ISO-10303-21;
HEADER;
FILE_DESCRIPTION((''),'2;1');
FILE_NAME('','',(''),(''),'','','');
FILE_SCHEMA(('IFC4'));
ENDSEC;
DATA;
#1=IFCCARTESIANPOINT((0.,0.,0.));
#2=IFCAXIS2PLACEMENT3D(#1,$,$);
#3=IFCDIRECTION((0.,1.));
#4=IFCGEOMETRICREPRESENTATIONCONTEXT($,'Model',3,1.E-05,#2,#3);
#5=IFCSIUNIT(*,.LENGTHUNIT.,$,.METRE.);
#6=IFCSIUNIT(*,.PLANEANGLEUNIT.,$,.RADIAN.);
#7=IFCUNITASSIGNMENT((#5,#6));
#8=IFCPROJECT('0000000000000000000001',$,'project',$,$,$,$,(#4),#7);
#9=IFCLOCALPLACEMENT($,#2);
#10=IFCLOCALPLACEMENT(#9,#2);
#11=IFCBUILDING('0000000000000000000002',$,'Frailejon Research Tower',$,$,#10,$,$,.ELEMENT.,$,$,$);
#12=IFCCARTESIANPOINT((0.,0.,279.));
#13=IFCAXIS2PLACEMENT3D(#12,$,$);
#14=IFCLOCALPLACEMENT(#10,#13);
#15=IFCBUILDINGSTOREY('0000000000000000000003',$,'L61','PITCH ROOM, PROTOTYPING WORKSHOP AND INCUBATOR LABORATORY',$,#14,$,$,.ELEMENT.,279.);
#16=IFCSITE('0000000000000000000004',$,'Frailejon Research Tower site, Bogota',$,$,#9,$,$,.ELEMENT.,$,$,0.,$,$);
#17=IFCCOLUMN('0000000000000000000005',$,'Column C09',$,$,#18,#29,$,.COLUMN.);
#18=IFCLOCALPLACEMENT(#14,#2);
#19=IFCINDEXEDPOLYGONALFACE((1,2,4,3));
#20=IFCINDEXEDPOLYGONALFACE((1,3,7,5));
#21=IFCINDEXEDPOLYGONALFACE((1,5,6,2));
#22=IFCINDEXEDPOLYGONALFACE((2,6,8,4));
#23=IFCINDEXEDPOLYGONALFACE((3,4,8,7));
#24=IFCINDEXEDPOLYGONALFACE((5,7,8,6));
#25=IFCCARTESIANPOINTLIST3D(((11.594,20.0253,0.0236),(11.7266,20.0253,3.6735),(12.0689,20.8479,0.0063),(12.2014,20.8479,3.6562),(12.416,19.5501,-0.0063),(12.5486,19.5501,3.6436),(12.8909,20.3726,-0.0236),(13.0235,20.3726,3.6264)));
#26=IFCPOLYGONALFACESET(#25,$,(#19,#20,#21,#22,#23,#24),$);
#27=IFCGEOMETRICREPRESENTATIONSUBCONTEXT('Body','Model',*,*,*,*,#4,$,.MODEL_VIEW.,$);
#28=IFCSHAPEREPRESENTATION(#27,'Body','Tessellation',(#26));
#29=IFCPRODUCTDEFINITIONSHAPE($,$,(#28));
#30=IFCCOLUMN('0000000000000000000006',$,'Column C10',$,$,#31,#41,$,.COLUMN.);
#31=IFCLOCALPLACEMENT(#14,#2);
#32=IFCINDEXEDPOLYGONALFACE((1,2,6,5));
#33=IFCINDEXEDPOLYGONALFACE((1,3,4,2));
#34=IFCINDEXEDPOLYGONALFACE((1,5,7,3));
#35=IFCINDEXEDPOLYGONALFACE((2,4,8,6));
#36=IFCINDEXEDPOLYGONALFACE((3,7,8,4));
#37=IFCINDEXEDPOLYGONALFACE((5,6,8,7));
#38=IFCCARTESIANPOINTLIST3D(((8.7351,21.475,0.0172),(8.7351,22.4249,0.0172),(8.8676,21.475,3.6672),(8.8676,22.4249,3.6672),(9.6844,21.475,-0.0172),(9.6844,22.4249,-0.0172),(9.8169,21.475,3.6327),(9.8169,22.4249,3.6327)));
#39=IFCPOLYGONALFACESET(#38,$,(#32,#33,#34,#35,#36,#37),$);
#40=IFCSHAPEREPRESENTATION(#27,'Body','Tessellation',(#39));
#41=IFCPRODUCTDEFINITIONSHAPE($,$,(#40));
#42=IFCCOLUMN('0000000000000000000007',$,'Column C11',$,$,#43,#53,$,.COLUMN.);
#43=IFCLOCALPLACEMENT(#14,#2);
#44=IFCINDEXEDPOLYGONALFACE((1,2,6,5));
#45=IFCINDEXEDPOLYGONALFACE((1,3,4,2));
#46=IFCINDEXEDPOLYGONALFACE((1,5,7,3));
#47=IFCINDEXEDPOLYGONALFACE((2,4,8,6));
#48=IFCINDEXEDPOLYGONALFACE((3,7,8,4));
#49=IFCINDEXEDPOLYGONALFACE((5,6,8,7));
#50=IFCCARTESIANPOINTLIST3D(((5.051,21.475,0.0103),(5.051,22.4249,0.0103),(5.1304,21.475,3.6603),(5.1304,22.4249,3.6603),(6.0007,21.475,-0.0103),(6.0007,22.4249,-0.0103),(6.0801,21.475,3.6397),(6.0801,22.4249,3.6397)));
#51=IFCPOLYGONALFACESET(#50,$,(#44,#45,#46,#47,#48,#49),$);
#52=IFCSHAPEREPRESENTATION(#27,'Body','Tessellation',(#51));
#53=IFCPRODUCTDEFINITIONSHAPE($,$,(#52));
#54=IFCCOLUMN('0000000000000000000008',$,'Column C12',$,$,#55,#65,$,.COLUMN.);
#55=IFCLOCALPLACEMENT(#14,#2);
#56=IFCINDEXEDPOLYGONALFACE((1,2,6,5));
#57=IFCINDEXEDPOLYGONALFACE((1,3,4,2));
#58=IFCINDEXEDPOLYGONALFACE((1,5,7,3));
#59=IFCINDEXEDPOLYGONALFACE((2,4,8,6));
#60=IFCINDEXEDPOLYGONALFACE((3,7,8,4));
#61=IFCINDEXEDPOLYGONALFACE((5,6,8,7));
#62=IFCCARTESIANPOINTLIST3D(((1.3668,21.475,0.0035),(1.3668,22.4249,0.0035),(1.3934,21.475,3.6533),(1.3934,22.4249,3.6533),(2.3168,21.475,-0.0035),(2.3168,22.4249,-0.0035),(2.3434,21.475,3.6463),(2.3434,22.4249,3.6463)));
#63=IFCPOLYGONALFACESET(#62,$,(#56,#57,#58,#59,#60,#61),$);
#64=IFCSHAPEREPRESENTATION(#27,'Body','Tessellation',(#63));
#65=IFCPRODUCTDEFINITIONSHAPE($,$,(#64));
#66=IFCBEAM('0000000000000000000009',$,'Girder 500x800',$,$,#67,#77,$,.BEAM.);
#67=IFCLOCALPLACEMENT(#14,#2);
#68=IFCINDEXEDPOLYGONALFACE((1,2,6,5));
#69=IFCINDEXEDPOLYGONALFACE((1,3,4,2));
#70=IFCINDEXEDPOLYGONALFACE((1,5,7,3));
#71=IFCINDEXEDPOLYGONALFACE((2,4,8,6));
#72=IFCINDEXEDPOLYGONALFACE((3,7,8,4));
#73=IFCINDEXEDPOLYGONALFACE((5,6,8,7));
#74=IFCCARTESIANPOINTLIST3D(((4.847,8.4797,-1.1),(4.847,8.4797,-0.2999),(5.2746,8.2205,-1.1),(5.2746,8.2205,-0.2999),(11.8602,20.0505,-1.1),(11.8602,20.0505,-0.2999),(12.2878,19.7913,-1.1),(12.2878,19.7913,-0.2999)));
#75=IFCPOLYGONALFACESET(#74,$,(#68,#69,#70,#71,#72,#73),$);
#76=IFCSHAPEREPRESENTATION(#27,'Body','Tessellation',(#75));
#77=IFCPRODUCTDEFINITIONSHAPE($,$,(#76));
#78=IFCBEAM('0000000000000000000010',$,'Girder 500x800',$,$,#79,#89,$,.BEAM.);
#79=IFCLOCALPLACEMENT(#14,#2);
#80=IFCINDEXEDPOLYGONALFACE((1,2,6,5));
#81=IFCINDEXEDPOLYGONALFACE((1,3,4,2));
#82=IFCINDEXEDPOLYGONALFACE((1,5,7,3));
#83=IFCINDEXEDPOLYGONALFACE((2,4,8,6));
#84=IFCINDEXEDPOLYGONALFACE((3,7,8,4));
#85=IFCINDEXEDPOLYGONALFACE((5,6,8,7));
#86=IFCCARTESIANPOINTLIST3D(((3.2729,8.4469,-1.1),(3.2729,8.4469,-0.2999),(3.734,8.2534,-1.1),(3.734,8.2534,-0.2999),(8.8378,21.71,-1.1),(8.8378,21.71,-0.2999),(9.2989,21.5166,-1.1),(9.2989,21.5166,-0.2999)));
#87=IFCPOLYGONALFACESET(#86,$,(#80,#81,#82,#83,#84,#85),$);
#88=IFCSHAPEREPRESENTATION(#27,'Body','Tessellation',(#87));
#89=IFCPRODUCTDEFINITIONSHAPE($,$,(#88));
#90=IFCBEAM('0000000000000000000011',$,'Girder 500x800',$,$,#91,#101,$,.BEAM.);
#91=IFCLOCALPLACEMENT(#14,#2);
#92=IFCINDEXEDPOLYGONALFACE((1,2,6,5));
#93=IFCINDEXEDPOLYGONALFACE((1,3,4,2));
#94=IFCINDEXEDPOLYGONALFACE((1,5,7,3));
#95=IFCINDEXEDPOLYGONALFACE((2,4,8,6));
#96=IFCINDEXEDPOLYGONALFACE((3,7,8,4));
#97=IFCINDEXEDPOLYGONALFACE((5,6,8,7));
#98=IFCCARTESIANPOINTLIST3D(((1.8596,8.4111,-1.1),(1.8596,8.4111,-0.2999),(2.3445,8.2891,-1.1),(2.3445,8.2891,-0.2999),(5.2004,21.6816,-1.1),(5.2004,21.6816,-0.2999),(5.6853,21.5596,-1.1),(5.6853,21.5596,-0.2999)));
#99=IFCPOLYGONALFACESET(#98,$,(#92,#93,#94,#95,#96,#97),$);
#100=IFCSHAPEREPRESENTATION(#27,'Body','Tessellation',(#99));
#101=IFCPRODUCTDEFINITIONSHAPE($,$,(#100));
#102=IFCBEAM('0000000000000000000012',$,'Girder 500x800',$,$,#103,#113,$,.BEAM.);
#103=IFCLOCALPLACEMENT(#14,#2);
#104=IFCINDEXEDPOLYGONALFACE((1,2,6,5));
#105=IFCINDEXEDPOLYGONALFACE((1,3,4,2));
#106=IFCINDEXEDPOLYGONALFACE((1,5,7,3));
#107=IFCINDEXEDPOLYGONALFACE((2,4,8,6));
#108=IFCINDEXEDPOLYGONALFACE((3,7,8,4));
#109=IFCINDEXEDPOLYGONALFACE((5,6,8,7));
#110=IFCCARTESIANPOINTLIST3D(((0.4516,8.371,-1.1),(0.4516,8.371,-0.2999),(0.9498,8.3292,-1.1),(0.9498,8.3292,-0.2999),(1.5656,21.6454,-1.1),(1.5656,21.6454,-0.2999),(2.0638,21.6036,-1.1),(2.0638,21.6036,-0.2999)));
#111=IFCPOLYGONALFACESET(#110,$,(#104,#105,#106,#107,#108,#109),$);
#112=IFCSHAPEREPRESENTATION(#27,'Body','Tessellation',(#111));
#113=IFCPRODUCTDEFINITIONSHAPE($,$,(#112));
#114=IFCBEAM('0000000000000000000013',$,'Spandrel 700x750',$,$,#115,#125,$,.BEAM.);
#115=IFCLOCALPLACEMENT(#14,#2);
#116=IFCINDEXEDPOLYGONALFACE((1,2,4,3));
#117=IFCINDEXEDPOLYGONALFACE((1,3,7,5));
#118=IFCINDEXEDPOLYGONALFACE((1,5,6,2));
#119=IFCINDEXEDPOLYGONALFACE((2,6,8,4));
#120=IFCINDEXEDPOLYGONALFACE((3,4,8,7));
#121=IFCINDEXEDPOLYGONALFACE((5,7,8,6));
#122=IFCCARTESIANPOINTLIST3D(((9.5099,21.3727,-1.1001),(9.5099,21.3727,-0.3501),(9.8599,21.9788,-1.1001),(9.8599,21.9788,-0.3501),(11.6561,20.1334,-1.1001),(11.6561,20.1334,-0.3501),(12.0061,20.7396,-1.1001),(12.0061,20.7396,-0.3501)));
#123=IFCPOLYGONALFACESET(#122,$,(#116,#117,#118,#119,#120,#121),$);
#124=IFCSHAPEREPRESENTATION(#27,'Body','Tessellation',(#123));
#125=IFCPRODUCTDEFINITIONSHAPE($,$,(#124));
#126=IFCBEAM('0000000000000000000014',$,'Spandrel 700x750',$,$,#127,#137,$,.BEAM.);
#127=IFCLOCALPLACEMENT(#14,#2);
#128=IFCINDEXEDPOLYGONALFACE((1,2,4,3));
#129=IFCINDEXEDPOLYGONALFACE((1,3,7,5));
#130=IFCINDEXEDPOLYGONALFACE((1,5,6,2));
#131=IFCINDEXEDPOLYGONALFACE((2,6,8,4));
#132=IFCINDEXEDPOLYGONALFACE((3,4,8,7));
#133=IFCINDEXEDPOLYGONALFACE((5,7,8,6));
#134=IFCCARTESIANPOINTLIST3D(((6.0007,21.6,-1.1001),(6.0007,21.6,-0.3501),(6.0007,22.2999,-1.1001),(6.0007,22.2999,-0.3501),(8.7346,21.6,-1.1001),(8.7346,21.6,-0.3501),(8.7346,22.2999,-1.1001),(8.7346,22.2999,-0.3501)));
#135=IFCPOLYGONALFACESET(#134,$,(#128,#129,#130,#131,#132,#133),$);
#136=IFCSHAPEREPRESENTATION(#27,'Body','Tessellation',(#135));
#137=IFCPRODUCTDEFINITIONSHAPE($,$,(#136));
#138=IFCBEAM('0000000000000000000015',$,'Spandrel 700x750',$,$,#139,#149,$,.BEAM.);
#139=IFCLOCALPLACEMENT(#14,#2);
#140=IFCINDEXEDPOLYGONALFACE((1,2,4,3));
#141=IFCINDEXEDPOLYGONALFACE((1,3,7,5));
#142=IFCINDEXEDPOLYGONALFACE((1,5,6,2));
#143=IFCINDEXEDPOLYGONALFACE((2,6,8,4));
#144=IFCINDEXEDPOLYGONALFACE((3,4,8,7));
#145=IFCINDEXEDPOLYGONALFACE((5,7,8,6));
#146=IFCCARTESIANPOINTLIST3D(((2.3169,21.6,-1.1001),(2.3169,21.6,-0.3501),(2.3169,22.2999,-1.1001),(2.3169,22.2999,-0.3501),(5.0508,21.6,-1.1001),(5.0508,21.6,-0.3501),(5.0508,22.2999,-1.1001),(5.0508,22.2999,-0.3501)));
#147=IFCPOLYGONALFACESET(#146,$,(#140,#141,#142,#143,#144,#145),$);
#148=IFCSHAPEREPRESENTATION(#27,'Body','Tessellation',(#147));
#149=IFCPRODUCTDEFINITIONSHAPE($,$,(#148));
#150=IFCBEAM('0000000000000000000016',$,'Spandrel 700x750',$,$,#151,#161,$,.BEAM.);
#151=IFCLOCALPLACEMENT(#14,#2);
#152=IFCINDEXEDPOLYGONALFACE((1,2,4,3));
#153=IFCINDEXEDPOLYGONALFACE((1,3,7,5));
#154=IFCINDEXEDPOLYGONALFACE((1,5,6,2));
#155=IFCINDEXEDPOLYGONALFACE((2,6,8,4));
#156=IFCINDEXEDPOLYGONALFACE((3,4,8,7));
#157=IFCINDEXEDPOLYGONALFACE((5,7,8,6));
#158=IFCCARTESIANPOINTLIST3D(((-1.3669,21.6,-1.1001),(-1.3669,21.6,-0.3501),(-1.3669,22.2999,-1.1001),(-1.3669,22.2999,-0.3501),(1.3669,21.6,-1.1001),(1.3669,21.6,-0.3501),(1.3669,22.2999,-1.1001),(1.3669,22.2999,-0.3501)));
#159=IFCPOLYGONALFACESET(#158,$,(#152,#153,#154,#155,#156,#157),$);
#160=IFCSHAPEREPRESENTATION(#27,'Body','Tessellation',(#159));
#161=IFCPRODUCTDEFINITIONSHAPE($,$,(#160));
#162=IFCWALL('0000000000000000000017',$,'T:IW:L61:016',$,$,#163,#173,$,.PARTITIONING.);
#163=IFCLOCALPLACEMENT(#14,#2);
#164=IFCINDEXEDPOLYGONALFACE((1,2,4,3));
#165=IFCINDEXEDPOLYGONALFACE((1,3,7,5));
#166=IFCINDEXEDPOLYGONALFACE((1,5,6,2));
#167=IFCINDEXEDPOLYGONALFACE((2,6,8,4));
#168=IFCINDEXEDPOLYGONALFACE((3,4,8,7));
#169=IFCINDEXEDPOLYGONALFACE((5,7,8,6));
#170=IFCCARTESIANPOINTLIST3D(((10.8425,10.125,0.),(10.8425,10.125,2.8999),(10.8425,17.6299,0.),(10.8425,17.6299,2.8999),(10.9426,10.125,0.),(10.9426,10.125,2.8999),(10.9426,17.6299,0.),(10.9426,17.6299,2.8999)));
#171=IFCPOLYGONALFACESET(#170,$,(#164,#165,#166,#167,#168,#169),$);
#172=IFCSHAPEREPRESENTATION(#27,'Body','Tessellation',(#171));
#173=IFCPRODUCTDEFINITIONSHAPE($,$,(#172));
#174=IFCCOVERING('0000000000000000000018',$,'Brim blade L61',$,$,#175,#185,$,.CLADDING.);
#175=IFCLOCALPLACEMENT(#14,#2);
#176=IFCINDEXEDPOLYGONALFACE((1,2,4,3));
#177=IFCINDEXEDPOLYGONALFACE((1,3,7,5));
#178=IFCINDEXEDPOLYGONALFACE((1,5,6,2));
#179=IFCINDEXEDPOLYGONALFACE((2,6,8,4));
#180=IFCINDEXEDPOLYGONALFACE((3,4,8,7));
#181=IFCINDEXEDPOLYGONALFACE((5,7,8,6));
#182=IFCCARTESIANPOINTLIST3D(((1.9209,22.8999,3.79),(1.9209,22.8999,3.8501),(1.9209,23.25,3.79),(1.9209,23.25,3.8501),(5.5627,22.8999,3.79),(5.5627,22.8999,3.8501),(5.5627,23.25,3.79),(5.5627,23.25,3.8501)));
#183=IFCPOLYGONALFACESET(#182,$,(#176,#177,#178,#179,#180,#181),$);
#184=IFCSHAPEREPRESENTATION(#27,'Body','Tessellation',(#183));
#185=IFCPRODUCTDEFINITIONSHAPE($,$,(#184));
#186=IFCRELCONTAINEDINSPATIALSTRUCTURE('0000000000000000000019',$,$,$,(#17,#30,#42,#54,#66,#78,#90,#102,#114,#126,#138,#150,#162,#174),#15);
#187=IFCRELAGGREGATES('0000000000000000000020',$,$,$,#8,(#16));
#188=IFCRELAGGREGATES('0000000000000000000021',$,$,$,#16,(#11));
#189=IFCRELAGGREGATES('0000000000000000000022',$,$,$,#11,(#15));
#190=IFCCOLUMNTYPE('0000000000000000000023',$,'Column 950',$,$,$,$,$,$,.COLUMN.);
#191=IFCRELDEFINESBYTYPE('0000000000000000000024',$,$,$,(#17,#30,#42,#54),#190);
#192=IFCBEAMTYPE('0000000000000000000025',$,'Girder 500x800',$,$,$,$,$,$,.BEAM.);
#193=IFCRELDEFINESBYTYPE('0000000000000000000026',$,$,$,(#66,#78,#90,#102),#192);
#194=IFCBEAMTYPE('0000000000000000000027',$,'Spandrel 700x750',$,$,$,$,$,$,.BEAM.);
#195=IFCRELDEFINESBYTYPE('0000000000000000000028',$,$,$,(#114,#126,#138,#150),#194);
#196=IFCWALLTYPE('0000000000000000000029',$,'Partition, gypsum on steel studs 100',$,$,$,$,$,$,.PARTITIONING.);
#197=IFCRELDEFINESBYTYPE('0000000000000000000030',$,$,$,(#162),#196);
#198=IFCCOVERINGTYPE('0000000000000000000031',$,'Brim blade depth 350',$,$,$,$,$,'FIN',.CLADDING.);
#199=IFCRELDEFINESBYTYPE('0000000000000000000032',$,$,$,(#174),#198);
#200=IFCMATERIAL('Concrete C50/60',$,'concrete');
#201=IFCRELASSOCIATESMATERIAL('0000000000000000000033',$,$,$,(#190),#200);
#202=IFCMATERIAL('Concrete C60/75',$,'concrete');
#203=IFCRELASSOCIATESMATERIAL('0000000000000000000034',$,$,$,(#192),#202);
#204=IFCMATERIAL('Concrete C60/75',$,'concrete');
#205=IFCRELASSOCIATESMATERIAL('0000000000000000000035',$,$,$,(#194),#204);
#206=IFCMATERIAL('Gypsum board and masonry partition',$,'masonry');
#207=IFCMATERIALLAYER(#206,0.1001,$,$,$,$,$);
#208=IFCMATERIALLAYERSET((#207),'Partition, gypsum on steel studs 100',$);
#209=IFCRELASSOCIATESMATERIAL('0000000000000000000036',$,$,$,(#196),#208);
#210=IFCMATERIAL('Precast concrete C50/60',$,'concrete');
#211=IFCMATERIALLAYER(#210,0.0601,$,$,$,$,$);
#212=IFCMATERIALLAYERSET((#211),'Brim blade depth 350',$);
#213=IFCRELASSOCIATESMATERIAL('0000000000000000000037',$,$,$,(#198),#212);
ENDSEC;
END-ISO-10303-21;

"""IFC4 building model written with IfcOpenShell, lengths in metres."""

from ifc_helpers import new_model, si_unit, direction, frame, frame_2d, origin, origin_2d, place, context, subcontext, project, spatial, polyline, rectangle, outline, extrude, material, layer, layer_set, material_profile, profile_set, type_object, element, save


model = new_model("IFC4")

# Units and contexts
model_context = context("Model", 3, precision=1e-05, world=origin(), true_north=direction((0.0, 1.0)))
body_context = subcontext(model_context, "Body", "Model", "MODEL_VIEW")
ifc_project = project(units=[si_unit("LENGTHUNIT", "METRE"), si_unit("PLANEANGLEUNIT", "RADIAN")], contexts=[model_context])

# Site, building, storey
site_placement = place(None, origin())
site = spatial("IfcSite", under=ifc_project, at=site_placement, Name="Frailejon Research Tower site, Bogota", CompositionType="ELEMENT", RefElevation=0.0)
building_placement = place(site_placement, origin())
building = spatial("IfcBuilding", under=site, at=building_placement, Name="Frailejon Research Tower", CompositionType="ELEMENT")
storey_placement = place(building_placement, frame((0.0, 0.0, 279.0)))
storey = spatial("IfcBuildingStorey", under=building, at=storey_placement, Name="L61", Description="PITCH ROOM, PROTOTYPING WORKSHOP AND INCUBATOR LABORATORY", CompositionType="ELEMENT", Elevation=279.0)

# Columns
ifc_material_1 = material(Name="Concrete C50/60", Category="concrete")
ifc_material_profile_1 = material_profile(ifc_material_1, rectangle(XDim=0.95, YDim=0.95, at=origin_2d()), Name="Column 950")
ifc_profile_set_1 = profile_set([ifc_material_profile_1], Name="Concrete C50/60")
column_type = type_object("IfcColumnType", Name="Column 950", PredefinedType="COLUMN", material=ifc_profile_set_1)
for number, where, z_axis, x_axis, name in (
    (1, (12.2424, 20.199, 0.0), (0.036297, 0.0, 0.999341), (-0.865313, 0.500246, 0.031429), "Column C09"),
    (2, (9.2097, 21.95, 0.0), (0.036297, 0.0, 0.999341), (-0.999341, 0.0, 0.036297), "Column C10"),
):
    element("IfcColumn", number, at=place(storey_placement, frame(where, z_axis=z_axis, x_axis=x_axis)), inside=storey, type_object=column_type, Name=name, PredefinedType="COLUMN", context=body_context, shape_type="SweptSolid", body=[
        extrude(rectangle(XDim=0.95, YDim=0.95, at=origin_2d()), origin(), (0.0, 0.0, 1.0), 3.6523),
    ])
column_1_placement = place(storey_placement, frame((5.5259, 21.95, 0.0), z_axis=(0.021734, 0.0, 0.999764), x_axis=(-0.999764, 0.0, 0.021734)))
element("IfcColumn", 3, at=column_1_placement, inside=storey, type_object=column_type, Name="Column C11", PredefinedType="COLUMN", context=body_context, shape_type="SweptSolid", body=[
    extrude(rectangle(XDim=0.95, YDim=0.95, at=origin_2d()), origin(), (0.0, 0.0, 1.0), 3.6509),
])
column_2_placement = place(storey_placement, frame((1.8418, 21.95, 0.0), z_axis=(0.007291, 0.0, 0.999973), x_axis=(-0.999973, 0.0, 0.007291)))
element("IfcColumn", 4, at=column_2_placement, inside=storey, type_object=column_type, Name="Column C12", PredefinedType="COLUMN", context=body_context, shape_type="SweptSolid", body=[
    extrude(rectangle(XDim=0.95, YDim=0.95, at=origin_2d()), origin(), (0.0, 0.0, 1.0), 3.6499),
])

# Beams
ifc_material_2 = material(Name="Concrete C60/75", Category="concrete")
ifc_material_profile_2 = material_profile(ifc_material_2, rectangle(XDim=0.5, YDim=0.8, at=origin_2d()), Name="Girder 500x800")
ifc_profile_set_2 = profile_set([ifc_material_profile_2], Name="Concrete C60/75")
beam_type_1 = type_object("IfcBeamType", Name="Girder 500x800", PredefinedType="BEAM", material=ifc_profile_set_2)
beam_1_placement = place(storey_placement, frame((12.074, 19.9209, -0.7), z_axis=(-0.518333, -0.855179, 0.0), x_axis=(0.855179, -0.518333, 0.0)))
element("IfcBeam", 5, at=beam_1_placement, inside=storey, type_object=beam_type_1, Name="Girder 500x800", PredefinedType="BEAM", context=body_context, shape_type="SweptSolid", body=[
    extrude(rectangle(XDim=0.5, YDim=0.8, at=origin_2d()), origin(), (0.0, 0.0, 1.0), 13.5303),
])
beam_2_placement = place(storey_placement, frame((9.0684, 21.6133, -0.7), z_axis=(-0.386902, -0.922121, 0.0), x_axis=(0.922121, -0.386902, 0.0)))
element("IfcBeam", 6, at=beam_2_placement, inside=storey, type_object=beam_type_1, Name="Girder 500x800", PredefinedType="BEAM", context=body_context, shape_type="SweptSolid", body=[
    extrude(rectangle(XDim=0.5, YDim=0.8, at=origin_2d()), origin(), (0.0, 0.0, 1.0), 14.3833),
])
beam_3_placement = place(storey_placement, frame((5.4429, 21.6206, -0.7), z_axis=(-0.24413, -0.969742, 0.0), x_axis=(0.969742, -0.24413, 0.0)))
element("IfcBeam", 7, at=beam_3_placement, inside=storey, type_object=beam_type_1, Name="Girder 500x800", PredefinedType="BEAM", context=body_context, shape_type="SweptSolid", body=[
    extrude(rectangle(XDim=0.5, YDim=0.8, at=origin_2d()), origin(), (0.0, 0.0, 1.0), 13.6846),
])
beam_4_placement = place(storey_placement, frame((1.8147, 21.6245, -0.7), z_axis=(-0.083628, -0.996497, 0.0), x_axis=(0.996497, -0.083628, 0.0)))
element("IfcBeam", 8, at=beam_4_placement, inside=storey, type_object=beam_type_1, Name="Girder 500x800", PredefinedType="BEAM", context=body_context, shape_type="SweptSolid", body=[
    extrude(rectangle(XDim=0.5, YDim=0.8, at=origin_2d()), origin(), (0.0, 0.0, 1.0), 13.321),
])
ifc_material_3 = material(Name="Concrete C60/75", Category="concrete")
ifc_material_profile_3 = material_profile(ifc_material_3, rectangle(XDim=0.7, YDim=0.75, at=origin_2d()), Name="Spandrel 700x750")
ifc_profile_set_3 = profile_set([ifc_material_profile_3], Name="Concrete C60/75")
beam_type_2 = type_object("IfcBeamType", Name="Spandrel 700x750", PredefinedType="BEAM", material=ifc_profile_set_3)
beam_5_placement = place(storey_placement, frame((11.8311, 20.4365, -0.7251), z_axis=(-0.866003, 0.500038, 0.0), x_axis=(-0.500038, -0.866003, 0.0)))
element("IfcBeam", 9, at=beam_5_placement, inside=storey, type_object=beam_type_2, Name="Spandrel 700x750", PredefinedType="BEAM", context=body_context, shape_type="SweptSolid", body=[
    extrude(rectangle(XDim=0.7, YDim=0.75, at=origin_2d()), origin(), (0.0, 0.0, 1.0), 2.4783),
])
for number, where, z_axis, x_axis, name in (
    (10, (8.7346, 21.95, -0.7251), (-1.0, 0.0, 0.0), (0.0, -1.0, 0.0), "Spandrel 700x750"),
    (11, (5.0508, 21.95, -0.7251), (-1.0, 0.0, 0.0), (0.0, -1.0, 0.0), "Spandrel 700x750"),
    (12, (1.3669, 21.95, -0.7251), (-1.0, 0.0, 0.0), (0.0, -1.0, 0.0), "Spandrel 700x750"),
):
    element("IfcBeam", number, at=place(storey_placement, frame(where, z_axis=z_axis, x_axis=x_axis)), inside=storey, type_object=beam_type_2, Name=name, PredefinedType="BEAM", context=body_context, shape_type="SweptSolid", body=[
        extrude(rectangle(XDim=0.7, YDim=0.75, at=origin_2d()), origin(), (0.0, 0.0, 1.0), 2.7339),
    ])

# Wall
ifc_material_4 = material(Name="Gypsum board and masonry partition", Category="masonry")
ifc_layer_1 = layer(ifc_material_4, 0.1001)
ifc_layer_set_1 = layer_set([ifc_layer_1], Name="Partition, gypsum on steel studs 100")
wall_type_1 = type_object("IfcWallType", Name="Partition, gypsum on steel studs 100", PredefinedType="PARTITIONING", material=ifc_layer_set_1)
wall_1_placement = place(storey_placement, frame((10.8926, 10.125, 0.0), z_axis=(0.0, 0.0, 1.0), x_axis=(0.0, 1.0, 0.0)))
element("IfcWall", 13, at=wall_1_placement, inside=storey, type_object=wall_type_1, Name="T:IW:L61:016", PredefinedType="PARTITIONING", context=body_context, shape_type="SweptSolid", body=[
    extrude(rectangle(XDim=7.5049, YDim=0.1001, at=frame_2d((3.7524, 0.0))), origin(), (0.0, 0.0, 1.0), 2.8999),
])

# Covering
ifc_material_5 = material(Name="Precast concrete C50/60", Category="concrete")
ifc_layer_2 = layer(ifc_material_5, 0.0601)
ifc_layer_set_2 = layer_set([ifc_layer_2], Name="Brim blade depth 350")
covering_type_1 = type_object("IfcCoveringType", Name="Brim blade depth 350", ElementType="FIN", PredefinedType="CLADDING", material=ifc_layer_set_2)
covering_1_placement = place(storey_placement, frame((1.9209, 22.8999, 3.8501), z_axis=(1.0, 0.0, 0.0), x_axis=(0.0, 1.0, 0.0)))
element("IfcCovering", 14, at=covering_1_placement, inside=storey, type_object=covering_type_1, Name="Brim blade L61", PredefinedType="CLADDING", context=body_context, shape_type="SweptSolid", body=[
    extrude(outline(polyline([(0.0, -0.0601), (0.3501, -0.0601), (0.3501, 0.0), (0.0, 0.0), (0.0, -0.0601)])), origin(), (0.0, 0.0, 1.0), 3.6418),
])

save(model, "model.ifc")
